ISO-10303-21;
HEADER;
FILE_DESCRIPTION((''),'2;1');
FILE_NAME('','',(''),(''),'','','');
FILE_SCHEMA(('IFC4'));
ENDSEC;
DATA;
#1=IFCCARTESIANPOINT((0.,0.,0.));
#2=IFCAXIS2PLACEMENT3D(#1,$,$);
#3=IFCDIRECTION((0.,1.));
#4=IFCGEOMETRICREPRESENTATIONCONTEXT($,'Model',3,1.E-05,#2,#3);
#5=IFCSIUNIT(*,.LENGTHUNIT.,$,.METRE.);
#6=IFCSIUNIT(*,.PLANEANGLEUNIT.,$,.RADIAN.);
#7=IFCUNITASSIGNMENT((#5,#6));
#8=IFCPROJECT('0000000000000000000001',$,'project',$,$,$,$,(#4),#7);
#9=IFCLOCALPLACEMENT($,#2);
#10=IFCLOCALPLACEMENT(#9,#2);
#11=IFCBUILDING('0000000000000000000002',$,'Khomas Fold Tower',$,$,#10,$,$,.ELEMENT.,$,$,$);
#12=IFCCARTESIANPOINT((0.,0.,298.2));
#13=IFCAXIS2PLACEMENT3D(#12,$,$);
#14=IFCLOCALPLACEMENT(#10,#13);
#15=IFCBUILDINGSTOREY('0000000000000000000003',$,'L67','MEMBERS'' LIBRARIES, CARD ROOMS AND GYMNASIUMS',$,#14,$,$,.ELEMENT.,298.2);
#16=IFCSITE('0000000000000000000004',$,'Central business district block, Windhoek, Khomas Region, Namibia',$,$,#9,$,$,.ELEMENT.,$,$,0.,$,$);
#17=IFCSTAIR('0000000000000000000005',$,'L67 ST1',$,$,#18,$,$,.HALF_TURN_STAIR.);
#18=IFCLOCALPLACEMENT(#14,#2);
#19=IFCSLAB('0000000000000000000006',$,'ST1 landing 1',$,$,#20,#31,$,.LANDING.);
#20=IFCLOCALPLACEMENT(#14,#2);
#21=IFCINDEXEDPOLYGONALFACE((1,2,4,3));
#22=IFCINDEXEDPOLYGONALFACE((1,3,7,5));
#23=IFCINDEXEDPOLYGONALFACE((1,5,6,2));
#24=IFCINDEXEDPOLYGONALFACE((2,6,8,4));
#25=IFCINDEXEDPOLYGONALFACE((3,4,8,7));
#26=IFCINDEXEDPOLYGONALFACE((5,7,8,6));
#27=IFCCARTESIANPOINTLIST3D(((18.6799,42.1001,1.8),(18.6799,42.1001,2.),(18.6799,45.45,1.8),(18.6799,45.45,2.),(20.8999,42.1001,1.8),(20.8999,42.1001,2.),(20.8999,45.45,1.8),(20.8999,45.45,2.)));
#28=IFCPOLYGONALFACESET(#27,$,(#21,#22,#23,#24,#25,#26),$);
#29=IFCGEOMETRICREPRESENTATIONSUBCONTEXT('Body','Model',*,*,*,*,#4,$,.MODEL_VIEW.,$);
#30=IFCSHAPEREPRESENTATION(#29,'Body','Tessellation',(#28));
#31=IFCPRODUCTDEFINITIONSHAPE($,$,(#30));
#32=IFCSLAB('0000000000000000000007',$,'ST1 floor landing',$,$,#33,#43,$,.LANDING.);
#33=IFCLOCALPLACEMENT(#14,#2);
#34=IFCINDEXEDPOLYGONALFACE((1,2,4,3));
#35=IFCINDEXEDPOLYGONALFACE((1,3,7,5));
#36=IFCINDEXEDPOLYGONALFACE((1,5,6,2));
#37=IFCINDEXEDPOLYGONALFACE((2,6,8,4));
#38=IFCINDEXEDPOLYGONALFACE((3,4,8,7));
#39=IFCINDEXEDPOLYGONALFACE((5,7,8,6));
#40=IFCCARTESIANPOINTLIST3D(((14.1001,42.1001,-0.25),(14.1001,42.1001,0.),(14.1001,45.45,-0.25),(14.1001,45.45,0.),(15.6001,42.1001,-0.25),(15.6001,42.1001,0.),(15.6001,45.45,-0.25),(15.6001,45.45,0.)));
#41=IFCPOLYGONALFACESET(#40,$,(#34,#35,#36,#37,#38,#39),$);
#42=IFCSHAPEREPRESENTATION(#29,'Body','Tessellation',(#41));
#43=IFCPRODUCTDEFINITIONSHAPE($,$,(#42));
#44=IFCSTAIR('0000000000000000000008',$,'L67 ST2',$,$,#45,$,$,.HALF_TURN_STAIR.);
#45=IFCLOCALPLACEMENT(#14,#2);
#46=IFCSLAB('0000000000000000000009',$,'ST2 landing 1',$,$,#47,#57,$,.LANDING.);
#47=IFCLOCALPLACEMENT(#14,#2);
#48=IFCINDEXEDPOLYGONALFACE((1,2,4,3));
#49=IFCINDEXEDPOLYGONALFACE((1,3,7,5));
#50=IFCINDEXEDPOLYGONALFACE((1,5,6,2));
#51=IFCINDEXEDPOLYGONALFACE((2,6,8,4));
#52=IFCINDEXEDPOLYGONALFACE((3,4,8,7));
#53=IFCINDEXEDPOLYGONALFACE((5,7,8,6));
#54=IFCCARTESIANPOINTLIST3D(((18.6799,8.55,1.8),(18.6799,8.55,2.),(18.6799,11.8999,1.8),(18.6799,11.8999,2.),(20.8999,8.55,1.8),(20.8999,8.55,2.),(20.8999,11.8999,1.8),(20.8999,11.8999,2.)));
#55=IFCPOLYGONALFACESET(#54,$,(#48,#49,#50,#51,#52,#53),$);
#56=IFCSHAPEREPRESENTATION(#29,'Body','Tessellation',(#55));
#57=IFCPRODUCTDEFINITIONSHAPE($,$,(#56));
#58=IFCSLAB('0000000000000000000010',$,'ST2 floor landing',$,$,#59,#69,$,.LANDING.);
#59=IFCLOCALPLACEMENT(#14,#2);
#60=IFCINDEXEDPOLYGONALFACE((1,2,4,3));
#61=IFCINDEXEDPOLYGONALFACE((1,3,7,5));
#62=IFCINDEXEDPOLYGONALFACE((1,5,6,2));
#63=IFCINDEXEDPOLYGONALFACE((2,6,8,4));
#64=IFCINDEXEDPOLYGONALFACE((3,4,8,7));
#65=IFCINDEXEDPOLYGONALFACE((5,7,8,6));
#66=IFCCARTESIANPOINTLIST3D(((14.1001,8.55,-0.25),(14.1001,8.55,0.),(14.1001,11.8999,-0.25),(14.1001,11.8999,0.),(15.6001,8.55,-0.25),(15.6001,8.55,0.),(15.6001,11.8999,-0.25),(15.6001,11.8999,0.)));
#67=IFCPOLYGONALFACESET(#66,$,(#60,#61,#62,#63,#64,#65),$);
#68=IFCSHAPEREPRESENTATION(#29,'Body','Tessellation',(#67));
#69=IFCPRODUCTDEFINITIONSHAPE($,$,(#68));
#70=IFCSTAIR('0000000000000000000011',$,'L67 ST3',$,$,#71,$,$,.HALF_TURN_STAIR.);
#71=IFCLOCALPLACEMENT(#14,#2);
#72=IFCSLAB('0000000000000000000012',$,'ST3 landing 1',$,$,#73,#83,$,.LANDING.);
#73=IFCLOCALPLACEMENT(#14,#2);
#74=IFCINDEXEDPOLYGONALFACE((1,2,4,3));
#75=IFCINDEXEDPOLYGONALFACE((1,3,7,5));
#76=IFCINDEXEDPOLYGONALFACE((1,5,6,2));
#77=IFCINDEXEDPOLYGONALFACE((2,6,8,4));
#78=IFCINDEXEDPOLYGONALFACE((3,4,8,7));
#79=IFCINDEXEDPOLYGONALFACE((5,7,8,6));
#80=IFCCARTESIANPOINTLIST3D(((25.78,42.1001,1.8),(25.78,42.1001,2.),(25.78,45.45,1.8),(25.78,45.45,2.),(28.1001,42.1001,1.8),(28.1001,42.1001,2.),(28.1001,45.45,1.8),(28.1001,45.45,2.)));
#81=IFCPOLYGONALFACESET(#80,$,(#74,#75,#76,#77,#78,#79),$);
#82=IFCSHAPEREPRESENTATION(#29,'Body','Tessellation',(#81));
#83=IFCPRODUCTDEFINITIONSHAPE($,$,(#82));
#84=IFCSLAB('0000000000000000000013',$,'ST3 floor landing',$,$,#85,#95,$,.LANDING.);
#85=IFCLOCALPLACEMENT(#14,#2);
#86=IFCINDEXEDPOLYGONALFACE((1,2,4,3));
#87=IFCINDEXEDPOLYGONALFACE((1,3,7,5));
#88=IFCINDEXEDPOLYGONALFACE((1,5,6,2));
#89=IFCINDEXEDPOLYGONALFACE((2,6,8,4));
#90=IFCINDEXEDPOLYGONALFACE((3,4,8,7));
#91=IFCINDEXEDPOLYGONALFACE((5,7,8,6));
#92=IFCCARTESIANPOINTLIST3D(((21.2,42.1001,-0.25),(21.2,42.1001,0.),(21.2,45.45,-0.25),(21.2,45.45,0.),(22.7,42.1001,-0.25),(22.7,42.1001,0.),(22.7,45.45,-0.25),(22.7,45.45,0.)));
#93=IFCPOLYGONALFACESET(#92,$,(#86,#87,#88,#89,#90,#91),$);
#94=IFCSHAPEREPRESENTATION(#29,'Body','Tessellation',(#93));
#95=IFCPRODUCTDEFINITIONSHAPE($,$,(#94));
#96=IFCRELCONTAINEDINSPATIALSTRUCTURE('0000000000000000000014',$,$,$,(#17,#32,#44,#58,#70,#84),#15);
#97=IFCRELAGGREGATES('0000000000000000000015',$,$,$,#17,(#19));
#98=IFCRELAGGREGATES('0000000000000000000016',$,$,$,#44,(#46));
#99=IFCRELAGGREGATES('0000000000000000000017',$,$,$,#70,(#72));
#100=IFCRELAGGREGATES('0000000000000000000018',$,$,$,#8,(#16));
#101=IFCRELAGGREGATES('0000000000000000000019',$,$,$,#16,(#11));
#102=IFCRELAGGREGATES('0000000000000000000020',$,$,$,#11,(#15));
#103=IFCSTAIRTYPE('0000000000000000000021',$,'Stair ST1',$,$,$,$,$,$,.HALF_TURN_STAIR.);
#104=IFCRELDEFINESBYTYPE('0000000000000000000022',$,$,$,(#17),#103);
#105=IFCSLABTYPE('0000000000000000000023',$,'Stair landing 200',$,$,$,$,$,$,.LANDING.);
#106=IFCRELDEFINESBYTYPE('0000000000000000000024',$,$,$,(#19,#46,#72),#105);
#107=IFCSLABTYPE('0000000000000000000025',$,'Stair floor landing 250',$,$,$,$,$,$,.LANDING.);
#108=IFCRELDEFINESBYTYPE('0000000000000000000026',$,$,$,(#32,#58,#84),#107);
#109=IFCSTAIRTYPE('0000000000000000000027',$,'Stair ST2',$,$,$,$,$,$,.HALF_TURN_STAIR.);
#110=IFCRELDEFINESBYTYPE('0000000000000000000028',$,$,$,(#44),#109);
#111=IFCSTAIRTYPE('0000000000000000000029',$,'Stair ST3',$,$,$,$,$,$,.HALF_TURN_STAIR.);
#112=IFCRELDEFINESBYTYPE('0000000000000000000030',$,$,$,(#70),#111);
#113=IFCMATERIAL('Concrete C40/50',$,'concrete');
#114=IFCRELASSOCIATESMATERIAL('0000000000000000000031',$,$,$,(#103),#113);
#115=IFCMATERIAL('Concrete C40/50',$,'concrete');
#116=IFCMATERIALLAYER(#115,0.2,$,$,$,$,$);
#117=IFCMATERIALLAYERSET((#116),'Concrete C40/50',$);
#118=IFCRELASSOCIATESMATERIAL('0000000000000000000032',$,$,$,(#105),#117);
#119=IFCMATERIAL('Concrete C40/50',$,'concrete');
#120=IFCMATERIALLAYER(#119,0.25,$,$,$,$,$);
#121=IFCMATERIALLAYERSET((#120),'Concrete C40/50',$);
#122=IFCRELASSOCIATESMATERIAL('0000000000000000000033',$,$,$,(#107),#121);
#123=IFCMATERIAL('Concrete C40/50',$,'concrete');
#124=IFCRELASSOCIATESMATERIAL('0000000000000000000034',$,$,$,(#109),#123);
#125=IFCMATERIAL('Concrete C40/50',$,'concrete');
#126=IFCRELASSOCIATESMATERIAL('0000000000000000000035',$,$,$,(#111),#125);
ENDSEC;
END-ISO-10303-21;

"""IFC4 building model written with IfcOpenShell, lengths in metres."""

from ifc_helpers import new_model, si_unit, direction, frame, origin, place, context, subcontext, project, spatial, polyline, outline, extrude, source, transform, mapped, material, layer, layer_set, type_object, element, aggregate, save


model = new_model("IFC4")

# Units and contexts
model_context = context("Model", 3, precision=1e-05, world=origin(), true_north=direction((0.0, 1.0)))
body_context = subcontext(model_context, "Body", "Model", "MODEL_VIEW")
ifc_project = project(units=[si_unit("LENGTHUNIT", "METRE"), si_unit("PLANEANGLEUNIT", "RADIAN")], contexts=[model_context])

# Site, building, storey
site_placement = place(None, origin())
site = spatial("IfcSite", under=ifc_project, at=site_placement, Name="Central business district block, Windhoek, Khomas Region, Namibia", CompositionType="ELEMENT", RefElevation=0.0)
building_placement = place(site_placement, origin())
building = spatial("IfcBuilding", under=site, at=building_placement, Name="Khomas Fold Tower", CompositionType="ELEMENT")
storey_placement = place(building_placement, frame((0.0, 0.0, 298.2)))
storey = spatial("IfcBuildingStorey", under=building, at=storey_placement, Name="L67", Description="MEMBERS' LIBRARIES, CARD ROOMS AND GYMNASIUMS", CompositionType="ELEMENT", Elevation=298.2)

# Stair, slab
ifc_material_1 = material(Name="Concrete C40/50", Category="concrete")
stair_type_1 = type_object("IfcStairType", Name="Stair ST1", PredefinedType="HALF_TURN_STAIR", material=ifc_material_1)
stair_1_placement = place(storey_placement, origin())
stair_1 = element("IfcStair", 1, at=stair_1_placement, inside=storey, type_object=stair_type_1, Name="L67 ST1", PredefinedType="HALF_TURN_STAIR")
ifc_material_2 = material(Name="Concrete C40/50", Category="concrete")
ifc_layer_1 = layer(ifc_material_2, 0.2)
ifc_layer_set_1 = layer_set([ifc_layer_1], Name="Concrete C40/50")
slab_type_1 = type_object("IfcSlabType", Name="Stair landing 200", PredefinedType="LANDING", material=ifc_layer_set_1)
shared_shape_1 = source(origin(), body_context, "Body", "SweptSolid", [
    extrude(outline(polyline([(18.6799, 42.1001), (20.8999, 42.1001), (20.8999, 45.45), (18.6799, 45.45), (18.6799, 42.1001)])), origin(), (0.0, 0.0, 1.0), 0.2),
])
slab_1_placement = place(storey_placement, frame((0.0, 0.0, 1.8)))
slab_1 = element("IfcSlab", 2, at=slab_1_placement, type_object=slab_type_1, Name="ST1 landing 1", PredefinedType="LANDING", context=body_context, shape_type="MappedRepresentation", body=[
    mapped(shared_shape_1, transform((0.0, 0.0, 0.0))),
])
aggregate(stair_1, [slab_1])

# Slab
ifc_material_3 = material(Name="Concrete C40/50", Category="concrete")
ifc_layer_2 = layer(ifc_material_3, 0.25)
ifc_layer_set_2 = layer_set([ifc_layer_2], Name="Concrete C40/50")
slab_type_2 = type_object("IfcSlabType", Name="Stair floor landing 250", PredefinedType="LANDING", material=ifc_layer_set_2)
shared_shape_2 = source(origin(), body_context, "Body", "SweptSolid", [
    extrude(outline(polyline([(15.6001, 42.1001), (14.1001, 42.1001), (14.1001, 45.45), (15.6001, 45.45), (15.6001, 42.1001)])), origin(), (0.0, 0.0, 1.0), 0.25),
])
slab_2_placement = place(storey_placement, frame((0.0, 0.0, -0.25)))
element("IfcSlab", 3, at=slab_2_placement, inside=storey, type_object=slab_type_2, Name="ST1 floor landing", PredefinedType="LANDING", context=body_context, shape_type="MappedRepresentation", body=[
    mapped(shared_shape_2, transform((0.0, 0.0, 0.0))),
])

# Stair, slab
ifc_material_4 = material(Name="Concrete C40/50", Category="concrete")
stair_type_2 = type_object("IfcStairType", Name="Stair ST2", PredefinedType="HALF_TURN_STAIR", material=ifc_material_4)
stair_2_placement = place(storey_placement, origin())
stair_2 = element("IfcStair", 4, at=stair_2_placement, inside=storey, type_object=stair_type_2, Name="L67 ST2", PredefinedType="HALF_TURN_STAIR")
shared_shape_3 = source(origin(), body_context, "Body", "SweptSolid", [
    extrude(outline(polyline([(18.6799, 8.55), (20.8999, 8.55), (20.8999, 11.8999), (18.6799, 11.8999), (18.6799, 8.55)])), origin(), (0.0, 0.0, 1.0), 0.2),
])
slab_3_placement = place(storey_placement, frame((0.0, 0.0, 1.8)))
slab_3 = element("IfcSlab", 5, at=slab_3_placement, type_object=slab_type_1, Name="ST2 landing 1", PredefinedType="LANDING", context=body_context, shape_type="MappedRepresentation", body=[
    mapped(shared_shape_3, transform((0.0, 0.0, 0.0))),
])
aggregate(stair_2, [slab_3])

# Slab
shared_shape_4 = source(origin(), body_context, "Body", "SweptSolid", [
    extrude(outline(polyline([(15.6001, 8.55), (14.1001, 8.55), (14.1001, 11.8999), (15.6001, 11.8999), (15.6001, 8.55)])), origin(), (0.0, 0.0, 1.0), 0.25),
])
slab_4_placement = place(storey_placement, frame((0.0, 0.0, -0.25)))
element("IfcSlab", 6, at=slab_4_placement, inside=storey, type_object=slab_type_2, Name="ST2 floor landing", PredefinedType="LANDING", context=body_context, shape_type="MappedRepresentation", body=[
    mapped(shared_shape_4, transform((0.0, 0.0, 0.0))),
])

# Stair, slab
ifc_material_5 = material(Name="Concrete C40/50", Category="concrete")
stair_type_3 = type_object("IfcStairType", Name="Stair ST3", PredefinedType="HALF_TURN_STAIR", material=ifc_material_5)
stair_3_placement = place(storey_placement, origin())
stair_3 = element("IfcStair", 7, at=stair_3_placement, inside=storey, type_object=stair_type_3, Name="L67 ST3", PredefinedType="HALF_TURN_STAIR")
shared_shape_5 = source(origin(), body_context, "Body", "SweptSolid", [
    extrude(outline(polyline([(25.78, 42.1001), (28.1001, 42.1001), (28.1001, 45.45), (25.78, 45.45), (25.78, 42.1001)])), origin(), (0.0, 0.0, 1.0), 0.2),
])
slab_5_placement = place(storey_placement, frame((0.0, 0.0, 1.8)))
slab_5 = element("IfcSlab", 8, at=slab_5_placement, type_object=slab_type_1, Name="ST3 landing 1", PredefinedType="LANDING", context=body_context, shape_type="MappedRepresentation", body=[
    mapped(shared_shape_5, transform((0.0, 0.0, 0.0))),
])
aggregate(stair_3, [slab_5])

# Slab
shared_shape_6 = source(origin(), body_context, "Body", "SweptSolid", [
    extrude(outline(polyline([(22.7, 42.1001), (21.2, 42.1001), (21.2, 45.45), (22.7, 45.45), (22.7, 42.1001)])), origin(), (0.0, 0.0, 1.0), 0.25),
])
slab_6_placement = place(storey_placement, frame((0.0, 0.0, -0.25)))
element("IfcSlab", 9, at=slab_6_placement, inside=storey, type_object=slab_type_2, Name="ST3 floor landing", PredefinedType="LANDING", context=body_context, shape_type="MappedRepresentation", body=[
    mapped(shared_shape_6, transform((0.0, 0.0, 0.0))),
])

save(model, "model.ifc")
